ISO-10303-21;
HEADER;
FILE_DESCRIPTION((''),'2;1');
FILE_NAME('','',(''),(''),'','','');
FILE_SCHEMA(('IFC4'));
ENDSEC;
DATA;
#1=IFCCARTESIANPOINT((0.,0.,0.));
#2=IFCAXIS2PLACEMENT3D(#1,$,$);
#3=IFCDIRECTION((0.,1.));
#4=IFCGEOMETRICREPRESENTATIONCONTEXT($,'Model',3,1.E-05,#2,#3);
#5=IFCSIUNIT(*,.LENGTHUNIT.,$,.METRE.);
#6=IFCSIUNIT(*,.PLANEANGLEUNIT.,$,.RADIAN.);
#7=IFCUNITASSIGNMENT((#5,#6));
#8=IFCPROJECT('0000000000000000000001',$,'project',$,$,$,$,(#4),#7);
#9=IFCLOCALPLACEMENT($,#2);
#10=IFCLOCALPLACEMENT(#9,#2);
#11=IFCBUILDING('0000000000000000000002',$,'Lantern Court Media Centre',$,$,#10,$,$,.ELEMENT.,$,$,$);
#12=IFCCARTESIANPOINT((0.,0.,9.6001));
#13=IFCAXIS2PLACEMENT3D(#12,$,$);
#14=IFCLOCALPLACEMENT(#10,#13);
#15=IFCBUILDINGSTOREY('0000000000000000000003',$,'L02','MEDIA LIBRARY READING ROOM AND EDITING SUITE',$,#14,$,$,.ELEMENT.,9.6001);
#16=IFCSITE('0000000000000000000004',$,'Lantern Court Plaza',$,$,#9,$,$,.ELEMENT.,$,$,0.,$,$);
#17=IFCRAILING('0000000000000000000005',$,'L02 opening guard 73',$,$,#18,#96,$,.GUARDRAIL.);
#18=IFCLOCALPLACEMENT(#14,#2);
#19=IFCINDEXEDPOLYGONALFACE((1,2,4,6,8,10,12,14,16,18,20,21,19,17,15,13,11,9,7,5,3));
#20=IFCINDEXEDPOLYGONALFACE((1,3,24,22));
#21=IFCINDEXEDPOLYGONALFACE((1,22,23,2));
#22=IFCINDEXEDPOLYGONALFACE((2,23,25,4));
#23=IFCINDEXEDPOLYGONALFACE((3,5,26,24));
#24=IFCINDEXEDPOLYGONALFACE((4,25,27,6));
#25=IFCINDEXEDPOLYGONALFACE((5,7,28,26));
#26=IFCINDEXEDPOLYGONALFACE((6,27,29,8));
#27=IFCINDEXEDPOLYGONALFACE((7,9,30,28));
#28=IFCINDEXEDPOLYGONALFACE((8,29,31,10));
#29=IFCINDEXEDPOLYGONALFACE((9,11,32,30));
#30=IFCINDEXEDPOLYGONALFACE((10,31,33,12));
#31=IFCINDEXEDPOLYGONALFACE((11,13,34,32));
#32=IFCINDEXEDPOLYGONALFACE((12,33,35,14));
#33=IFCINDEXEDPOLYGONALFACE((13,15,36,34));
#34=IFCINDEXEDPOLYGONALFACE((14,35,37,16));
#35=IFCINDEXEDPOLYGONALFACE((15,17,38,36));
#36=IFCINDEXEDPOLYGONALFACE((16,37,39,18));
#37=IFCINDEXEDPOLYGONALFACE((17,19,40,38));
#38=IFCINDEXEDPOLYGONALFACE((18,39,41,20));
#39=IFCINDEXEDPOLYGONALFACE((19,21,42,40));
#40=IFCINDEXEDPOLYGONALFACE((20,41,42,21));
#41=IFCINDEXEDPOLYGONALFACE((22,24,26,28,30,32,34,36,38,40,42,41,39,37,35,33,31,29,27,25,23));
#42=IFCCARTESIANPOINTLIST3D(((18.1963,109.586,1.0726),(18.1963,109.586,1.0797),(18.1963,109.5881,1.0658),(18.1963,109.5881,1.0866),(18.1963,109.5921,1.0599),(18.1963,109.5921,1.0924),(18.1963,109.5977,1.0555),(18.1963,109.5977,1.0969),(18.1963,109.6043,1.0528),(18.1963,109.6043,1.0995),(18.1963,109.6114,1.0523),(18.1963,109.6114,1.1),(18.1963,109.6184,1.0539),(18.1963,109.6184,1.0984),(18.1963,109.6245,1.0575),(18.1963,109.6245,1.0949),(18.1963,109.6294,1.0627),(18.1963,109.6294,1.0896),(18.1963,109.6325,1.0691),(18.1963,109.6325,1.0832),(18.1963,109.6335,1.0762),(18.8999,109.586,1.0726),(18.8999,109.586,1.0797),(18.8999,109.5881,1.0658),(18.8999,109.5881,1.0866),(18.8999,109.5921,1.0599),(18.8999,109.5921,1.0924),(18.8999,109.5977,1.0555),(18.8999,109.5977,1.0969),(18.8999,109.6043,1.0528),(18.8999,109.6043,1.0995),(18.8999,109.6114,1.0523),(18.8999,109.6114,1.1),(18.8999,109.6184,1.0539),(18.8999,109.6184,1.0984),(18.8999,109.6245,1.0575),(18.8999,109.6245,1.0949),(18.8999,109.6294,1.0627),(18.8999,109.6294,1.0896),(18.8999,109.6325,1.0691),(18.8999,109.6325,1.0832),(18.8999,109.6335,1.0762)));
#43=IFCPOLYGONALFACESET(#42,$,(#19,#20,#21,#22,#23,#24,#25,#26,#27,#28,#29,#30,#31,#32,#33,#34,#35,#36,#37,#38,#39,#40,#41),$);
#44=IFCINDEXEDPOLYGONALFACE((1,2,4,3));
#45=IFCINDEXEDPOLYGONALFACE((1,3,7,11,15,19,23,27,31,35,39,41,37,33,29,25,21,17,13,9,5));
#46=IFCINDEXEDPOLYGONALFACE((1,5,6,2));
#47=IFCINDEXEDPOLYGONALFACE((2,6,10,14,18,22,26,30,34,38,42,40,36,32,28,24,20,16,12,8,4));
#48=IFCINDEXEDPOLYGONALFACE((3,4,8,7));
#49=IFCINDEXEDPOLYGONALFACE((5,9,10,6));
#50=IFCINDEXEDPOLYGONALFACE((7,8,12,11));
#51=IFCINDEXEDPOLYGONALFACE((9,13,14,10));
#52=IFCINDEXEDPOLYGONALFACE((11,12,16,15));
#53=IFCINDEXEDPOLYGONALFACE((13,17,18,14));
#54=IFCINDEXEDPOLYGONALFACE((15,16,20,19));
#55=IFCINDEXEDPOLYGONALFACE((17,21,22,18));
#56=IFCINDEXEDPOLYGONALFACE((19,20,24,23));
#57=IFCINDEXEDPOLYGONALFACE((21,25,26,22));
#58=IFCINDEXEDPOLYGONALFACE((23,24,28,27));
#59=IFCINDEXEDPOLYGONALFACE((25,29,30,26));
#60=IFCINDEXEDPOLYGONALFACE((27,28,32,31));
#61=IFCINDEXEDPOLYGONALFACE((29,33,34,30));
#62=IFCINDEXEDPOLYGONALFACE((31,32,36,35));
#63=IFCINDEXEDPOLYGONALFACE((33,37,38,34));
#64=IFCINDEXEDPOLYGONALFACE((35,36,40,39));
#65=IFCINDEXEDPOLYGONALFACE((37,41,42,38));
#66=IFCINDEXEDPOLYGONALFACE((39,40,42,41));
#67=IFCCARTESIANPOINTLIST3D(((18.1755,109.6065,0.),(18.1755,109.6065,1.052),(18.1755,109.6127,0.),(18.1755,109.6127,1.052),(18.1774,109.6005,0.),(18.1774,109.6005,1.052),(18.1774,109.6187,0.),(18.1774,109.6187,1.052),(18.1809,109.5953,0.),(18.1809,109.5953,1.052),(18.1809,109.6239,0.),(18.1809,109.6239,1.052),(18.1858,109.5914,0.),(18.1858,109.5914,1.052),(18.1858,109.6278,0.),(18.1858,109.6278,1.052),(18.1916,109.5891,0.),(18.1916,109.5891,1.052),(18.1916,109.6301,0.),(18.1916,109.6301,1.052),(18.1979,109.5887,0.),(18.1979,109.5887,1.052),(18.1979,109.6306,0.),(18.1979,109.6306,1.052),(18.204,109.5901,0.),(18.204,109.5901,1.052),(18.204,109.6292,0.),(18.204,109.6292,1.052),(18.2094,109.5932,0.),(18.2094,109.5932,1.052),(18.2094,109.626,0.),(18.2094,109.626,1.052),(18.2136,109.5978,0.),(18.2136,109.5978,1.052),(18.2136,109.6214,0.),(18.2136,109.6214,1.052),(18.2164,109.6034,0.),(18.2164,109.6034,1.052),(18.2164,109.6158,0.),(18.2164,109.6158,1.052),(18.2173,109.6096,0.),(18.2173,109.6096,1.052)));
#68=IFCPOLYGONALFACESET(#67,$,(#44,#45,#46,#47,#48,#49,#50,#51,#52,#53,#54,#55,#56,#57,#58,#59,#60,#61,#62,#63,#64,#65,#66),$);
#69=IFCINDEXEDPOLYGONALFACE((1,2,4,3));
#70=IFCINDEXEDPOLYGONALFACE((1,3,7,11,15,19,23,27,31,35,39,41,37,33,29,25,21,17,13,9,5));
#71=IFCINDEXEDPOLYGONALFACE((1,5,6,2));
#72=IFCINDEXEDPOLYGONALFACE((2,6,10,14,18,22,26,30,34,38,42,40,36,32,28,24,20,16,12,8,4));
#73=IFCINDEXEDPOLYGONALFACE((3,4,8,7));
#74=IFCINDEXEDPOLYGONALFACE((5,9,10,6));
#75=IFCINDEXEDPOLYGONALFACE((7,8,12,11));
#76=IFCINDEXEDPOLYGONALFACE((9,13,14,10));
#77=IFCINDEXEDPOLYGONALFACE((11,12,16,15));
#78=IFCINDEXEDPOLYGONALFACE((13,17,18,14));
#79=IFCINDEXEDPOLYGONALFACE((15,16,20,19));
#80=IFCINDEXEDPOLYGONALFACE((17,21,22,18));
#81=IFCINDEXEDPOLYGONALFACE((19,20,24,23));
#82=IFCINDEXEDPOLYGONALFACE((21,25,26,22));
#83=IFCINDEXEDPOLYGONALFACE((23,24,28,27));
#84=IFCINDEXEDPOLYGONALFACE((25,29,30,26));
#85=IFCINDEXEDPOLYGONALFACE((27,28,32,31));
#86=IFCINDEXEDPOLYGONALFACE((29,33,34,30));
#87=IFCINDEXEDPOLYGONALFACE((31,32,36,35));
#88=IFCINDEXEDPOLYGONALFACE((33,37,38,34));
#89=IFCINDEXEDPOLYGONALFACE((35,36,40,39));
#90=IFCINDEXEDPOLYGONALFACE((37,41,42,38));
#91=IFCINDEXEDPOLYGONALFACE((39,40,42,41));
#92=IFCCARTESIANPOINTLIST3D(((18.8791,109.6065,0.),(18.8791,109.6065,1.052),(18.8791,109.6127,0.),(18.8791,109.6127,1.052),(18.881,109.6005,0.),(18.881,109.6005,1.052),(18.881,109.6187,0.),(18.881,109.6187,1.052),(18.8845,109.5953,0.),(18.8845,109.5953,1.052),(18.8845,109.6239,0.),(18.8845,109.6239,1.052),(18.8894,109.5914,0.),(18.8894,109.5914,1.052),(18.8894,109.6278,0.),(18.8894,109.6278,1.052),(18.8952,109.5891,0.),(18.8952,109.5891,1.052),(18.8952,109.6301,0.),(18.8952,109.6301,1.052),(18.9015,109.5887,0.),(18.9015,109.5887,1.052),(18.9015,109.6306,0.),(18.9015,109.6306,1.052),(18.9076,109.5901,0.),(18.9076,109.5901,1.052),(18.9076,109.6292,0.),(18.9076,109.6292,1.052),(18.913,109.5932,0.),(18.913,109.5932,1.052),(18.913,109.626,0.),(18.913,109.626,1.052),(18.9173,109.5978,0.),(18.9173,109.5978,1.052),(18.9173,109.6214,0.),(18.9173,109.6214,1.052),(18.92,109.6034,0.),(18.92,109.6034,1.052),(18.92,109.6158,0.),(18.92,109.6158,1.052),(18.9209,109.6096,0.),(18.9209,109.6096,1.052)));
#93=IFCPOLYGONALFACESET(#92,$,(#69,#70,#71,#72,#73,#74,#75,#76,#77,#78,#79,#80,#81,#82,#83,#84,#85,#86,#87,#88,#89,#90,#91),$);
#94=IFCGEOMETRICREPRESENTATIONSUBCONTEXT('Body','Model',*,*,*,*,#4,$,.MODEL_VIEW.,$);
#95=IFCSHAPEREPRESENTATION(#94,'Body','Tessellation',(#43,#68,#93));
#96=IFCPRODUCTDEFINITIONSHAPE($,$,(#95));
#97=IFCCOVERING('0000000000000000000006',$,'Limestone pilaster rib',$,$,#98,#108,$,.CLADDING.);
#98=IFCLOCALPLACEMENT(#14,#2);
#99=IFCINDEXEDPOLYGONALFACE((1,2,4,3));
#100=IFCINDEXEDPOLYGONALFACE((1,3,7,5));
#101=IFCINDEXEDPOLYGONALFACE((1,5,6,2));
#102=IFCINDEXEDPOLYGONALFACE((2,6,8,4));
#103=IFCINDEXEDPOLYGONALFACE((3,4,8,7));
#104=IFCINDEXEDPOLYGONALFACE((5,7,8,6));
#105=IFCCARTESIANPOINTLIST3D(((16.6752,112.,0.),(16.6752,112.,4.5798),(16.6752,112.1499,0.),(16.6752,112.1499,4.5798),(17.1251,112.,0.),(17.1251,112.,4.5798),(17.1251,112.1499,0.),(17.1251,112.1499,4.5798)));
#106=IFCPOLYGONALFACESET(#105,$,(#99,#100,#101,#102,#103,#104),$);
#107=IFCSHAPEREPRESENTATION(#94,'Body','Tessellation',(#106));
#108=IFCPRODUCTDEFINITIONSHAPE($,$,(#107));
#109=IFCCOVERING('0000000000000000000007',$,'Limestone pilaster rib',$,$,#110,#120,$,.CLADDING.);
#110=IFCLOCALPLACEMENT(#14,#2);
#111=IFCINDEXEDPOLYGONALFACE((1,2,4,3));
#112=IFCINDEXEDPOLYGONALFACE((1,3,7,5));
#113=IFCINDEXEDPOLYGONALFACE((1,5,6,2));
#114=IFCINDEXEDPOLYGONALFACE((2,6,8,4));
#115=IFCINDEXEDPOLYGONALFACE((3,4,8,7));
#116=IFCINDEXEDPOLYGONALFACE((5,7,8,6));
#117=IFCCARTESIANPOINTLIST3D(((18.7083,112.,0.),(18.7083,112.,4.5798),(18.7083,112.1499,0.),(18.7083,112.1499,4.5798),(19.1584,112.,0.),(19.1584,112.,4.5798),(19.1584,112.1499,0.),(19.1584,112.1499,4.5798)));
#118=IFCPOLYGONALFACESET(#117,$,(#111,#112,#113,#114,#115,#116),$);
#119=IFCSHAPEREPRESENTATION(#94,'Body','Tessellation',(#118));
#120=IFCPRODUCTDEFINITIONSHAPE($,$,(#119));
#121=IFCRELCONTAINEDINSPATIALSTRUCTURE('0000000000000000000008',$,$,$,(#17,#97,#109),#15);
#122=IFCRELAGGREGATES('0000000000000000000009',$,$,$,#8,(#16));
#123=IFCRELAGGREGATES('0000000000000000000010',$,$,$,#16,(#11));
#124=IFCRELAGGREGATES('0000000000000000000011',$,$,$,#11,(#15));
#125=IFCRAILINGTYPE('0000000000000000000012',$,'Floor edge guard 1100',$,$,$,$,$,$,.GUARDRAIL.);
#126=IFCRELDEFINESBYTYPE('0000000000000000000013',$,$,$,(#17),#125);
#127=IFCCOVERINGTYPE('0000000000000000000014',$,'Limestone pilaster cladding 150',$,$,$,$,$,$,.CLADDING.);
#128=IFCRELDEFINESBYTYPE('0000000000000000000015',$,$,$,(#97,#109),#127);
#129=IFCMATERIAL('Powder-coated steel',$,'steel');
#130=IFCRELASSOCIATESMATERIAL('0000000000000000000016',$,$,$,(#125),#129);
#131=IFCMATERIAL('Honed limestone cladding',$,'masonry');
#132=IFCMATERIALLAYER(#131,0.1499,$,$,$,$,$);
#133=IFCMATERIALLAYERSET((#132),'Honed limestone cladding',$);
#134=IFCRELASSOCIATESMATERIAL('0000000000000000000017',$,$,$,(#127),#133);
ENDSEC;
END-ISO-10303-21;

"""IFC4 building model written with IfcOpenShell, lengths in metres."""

from ifc_helpers import new_model, si_unit, direction, frame, frame_2d, origin, origin_2d, place, context, subcontext, project, spatial, rectangle, circle, extrude, material, layer, layer_set, type_object, element, save


model = new_model("IFC4")

# Units and contexts
model_context = context("Model", 3, precision=1e-05, world=origin(), true_north=direction((0.0, 1.0)))
body_context = subcontext(model_context, "Body", "Model", "MODEL_VIEW")
ifc_project = project(units=[si_unit("LENGTHUNIT", "METRE"), si_unit("PLANEANGLEUNIT", "RADIAN")], contexts=[model_context])

# Site, building, storey
site_placement = place(None, origin())
site = spatial("IfcSite", under=ifc_project, at=site_placement, Name="Lantern Court Plaza", CompositionType="ELEMENT", RefElevation=0.0)
building_placement = place(site_placement, origin())
building = spatial("IfcBuilding", under=site, at=building_placement, Name="Lantern Court Media Centre", CompositionType="ELEMENT")
storey_placement = place(building_placement, frame((0.0, 0.0, 9.6001)))
storey = spatial("IfcBuildingStorey", under=building, at=storey_placement, Name="L02", Description="MEDIA LIBRARY READING ROOM AND EDITING SUITE", CompositionType="ELEMENT", Elevation=9.6001)

# Railing
ifc_material_1 = material(Name="Powder-coated steel", Category="steel")
railing_type_1 = type_object("IfcRailingType", Name="Floor edge guard 1100", PredefinedType="GUARDRAIL", material=ifc_material_1)
railing_1_placement = place(storey_placement, frame((18.1963, 109.6096, 0.0)))
element("IfcRailing", 1, at=railing_1_placement, inside=storey, type_object=railing_type_1, Name="L02 opening guard 73", PredefinedType="GUARDRAIL", context=body_context, shape_type="SweptSolid", body=[
    extrude(circle(Radius=0.0239, at=origin_2d()), frame((0.0, 0.0, 1.0762), z_axis=(1.0, 0.0, 0.0), x_axis=(0.0, 1.0, 0.0)), (0.0, 0.0, 1.0), 0.7036),
    extrude(circle(Radius=0.021, at=origin_2d()), origin(), (0.0, 0.0, 1.0), 1.052),
    extrude(circle(Radius=0.021, at=origin_2d()), frame((0.7036, 0.0, 0.0)), (0.0, 0.0, 1.0), 1.052),
])

# Coverings
ifc_material_2 = material(Name="Honed limestone cladding", Category="masonry")
ifc_layer_1 = layer(ifc_material_2, 0.1499)
ifc_layer_set_1 = layer_set([ifc_layer_1], Name="Honed limestone cladding")
covering_type = type_object("IfcCoveringType", Name="Limestone pilaster cladding 150", PredefinedType="CLADDING", material=ifc_layer_set_1)
covering_1_placement = place(storey_placement, frame((16.675, 112.075, 0.0), z_axis=(0.0, 0.0, 1.0), x_axis=(1.0, 0.0, 0.0)))
element("IfcCovering", 2, at=covering_1_placement, inside=storey, type_object=covering_type, Name="Limestone pilaster rib", PredefinedType="CLADDING", context=body_context, shape_type="SweptSolid", body=[
    extrude(rectangle(XDim=0.45, YDim=0.1499, at=frame_2d((0.2251, 0.0))), origin(), (0.0, 0.0, 1.0), 4.5798),
])
covering_2_placement = place(storey_placement, frame((18.7083, 112.075, 0.0), z_axis=(0.0, 0.0, 1.0), x_axis=(1.0, 0.0, 0.0)))
element("IfcCovering", 3, at=covering_2_placement, inside=storey, type_object=covering_type, Name="Limestone pilaster rib", PredefinedType="CLADDING", context=body_context, shape_type="SweptSolid", body=[
    extrude(rectangle(XDim=0.4502, YDim=0.1499, at=frame_2d((0.2251, 0.0))), origin(), (0.0, 0.0, 1.0), 4.5798),
])

save(model, "model.ifc")
